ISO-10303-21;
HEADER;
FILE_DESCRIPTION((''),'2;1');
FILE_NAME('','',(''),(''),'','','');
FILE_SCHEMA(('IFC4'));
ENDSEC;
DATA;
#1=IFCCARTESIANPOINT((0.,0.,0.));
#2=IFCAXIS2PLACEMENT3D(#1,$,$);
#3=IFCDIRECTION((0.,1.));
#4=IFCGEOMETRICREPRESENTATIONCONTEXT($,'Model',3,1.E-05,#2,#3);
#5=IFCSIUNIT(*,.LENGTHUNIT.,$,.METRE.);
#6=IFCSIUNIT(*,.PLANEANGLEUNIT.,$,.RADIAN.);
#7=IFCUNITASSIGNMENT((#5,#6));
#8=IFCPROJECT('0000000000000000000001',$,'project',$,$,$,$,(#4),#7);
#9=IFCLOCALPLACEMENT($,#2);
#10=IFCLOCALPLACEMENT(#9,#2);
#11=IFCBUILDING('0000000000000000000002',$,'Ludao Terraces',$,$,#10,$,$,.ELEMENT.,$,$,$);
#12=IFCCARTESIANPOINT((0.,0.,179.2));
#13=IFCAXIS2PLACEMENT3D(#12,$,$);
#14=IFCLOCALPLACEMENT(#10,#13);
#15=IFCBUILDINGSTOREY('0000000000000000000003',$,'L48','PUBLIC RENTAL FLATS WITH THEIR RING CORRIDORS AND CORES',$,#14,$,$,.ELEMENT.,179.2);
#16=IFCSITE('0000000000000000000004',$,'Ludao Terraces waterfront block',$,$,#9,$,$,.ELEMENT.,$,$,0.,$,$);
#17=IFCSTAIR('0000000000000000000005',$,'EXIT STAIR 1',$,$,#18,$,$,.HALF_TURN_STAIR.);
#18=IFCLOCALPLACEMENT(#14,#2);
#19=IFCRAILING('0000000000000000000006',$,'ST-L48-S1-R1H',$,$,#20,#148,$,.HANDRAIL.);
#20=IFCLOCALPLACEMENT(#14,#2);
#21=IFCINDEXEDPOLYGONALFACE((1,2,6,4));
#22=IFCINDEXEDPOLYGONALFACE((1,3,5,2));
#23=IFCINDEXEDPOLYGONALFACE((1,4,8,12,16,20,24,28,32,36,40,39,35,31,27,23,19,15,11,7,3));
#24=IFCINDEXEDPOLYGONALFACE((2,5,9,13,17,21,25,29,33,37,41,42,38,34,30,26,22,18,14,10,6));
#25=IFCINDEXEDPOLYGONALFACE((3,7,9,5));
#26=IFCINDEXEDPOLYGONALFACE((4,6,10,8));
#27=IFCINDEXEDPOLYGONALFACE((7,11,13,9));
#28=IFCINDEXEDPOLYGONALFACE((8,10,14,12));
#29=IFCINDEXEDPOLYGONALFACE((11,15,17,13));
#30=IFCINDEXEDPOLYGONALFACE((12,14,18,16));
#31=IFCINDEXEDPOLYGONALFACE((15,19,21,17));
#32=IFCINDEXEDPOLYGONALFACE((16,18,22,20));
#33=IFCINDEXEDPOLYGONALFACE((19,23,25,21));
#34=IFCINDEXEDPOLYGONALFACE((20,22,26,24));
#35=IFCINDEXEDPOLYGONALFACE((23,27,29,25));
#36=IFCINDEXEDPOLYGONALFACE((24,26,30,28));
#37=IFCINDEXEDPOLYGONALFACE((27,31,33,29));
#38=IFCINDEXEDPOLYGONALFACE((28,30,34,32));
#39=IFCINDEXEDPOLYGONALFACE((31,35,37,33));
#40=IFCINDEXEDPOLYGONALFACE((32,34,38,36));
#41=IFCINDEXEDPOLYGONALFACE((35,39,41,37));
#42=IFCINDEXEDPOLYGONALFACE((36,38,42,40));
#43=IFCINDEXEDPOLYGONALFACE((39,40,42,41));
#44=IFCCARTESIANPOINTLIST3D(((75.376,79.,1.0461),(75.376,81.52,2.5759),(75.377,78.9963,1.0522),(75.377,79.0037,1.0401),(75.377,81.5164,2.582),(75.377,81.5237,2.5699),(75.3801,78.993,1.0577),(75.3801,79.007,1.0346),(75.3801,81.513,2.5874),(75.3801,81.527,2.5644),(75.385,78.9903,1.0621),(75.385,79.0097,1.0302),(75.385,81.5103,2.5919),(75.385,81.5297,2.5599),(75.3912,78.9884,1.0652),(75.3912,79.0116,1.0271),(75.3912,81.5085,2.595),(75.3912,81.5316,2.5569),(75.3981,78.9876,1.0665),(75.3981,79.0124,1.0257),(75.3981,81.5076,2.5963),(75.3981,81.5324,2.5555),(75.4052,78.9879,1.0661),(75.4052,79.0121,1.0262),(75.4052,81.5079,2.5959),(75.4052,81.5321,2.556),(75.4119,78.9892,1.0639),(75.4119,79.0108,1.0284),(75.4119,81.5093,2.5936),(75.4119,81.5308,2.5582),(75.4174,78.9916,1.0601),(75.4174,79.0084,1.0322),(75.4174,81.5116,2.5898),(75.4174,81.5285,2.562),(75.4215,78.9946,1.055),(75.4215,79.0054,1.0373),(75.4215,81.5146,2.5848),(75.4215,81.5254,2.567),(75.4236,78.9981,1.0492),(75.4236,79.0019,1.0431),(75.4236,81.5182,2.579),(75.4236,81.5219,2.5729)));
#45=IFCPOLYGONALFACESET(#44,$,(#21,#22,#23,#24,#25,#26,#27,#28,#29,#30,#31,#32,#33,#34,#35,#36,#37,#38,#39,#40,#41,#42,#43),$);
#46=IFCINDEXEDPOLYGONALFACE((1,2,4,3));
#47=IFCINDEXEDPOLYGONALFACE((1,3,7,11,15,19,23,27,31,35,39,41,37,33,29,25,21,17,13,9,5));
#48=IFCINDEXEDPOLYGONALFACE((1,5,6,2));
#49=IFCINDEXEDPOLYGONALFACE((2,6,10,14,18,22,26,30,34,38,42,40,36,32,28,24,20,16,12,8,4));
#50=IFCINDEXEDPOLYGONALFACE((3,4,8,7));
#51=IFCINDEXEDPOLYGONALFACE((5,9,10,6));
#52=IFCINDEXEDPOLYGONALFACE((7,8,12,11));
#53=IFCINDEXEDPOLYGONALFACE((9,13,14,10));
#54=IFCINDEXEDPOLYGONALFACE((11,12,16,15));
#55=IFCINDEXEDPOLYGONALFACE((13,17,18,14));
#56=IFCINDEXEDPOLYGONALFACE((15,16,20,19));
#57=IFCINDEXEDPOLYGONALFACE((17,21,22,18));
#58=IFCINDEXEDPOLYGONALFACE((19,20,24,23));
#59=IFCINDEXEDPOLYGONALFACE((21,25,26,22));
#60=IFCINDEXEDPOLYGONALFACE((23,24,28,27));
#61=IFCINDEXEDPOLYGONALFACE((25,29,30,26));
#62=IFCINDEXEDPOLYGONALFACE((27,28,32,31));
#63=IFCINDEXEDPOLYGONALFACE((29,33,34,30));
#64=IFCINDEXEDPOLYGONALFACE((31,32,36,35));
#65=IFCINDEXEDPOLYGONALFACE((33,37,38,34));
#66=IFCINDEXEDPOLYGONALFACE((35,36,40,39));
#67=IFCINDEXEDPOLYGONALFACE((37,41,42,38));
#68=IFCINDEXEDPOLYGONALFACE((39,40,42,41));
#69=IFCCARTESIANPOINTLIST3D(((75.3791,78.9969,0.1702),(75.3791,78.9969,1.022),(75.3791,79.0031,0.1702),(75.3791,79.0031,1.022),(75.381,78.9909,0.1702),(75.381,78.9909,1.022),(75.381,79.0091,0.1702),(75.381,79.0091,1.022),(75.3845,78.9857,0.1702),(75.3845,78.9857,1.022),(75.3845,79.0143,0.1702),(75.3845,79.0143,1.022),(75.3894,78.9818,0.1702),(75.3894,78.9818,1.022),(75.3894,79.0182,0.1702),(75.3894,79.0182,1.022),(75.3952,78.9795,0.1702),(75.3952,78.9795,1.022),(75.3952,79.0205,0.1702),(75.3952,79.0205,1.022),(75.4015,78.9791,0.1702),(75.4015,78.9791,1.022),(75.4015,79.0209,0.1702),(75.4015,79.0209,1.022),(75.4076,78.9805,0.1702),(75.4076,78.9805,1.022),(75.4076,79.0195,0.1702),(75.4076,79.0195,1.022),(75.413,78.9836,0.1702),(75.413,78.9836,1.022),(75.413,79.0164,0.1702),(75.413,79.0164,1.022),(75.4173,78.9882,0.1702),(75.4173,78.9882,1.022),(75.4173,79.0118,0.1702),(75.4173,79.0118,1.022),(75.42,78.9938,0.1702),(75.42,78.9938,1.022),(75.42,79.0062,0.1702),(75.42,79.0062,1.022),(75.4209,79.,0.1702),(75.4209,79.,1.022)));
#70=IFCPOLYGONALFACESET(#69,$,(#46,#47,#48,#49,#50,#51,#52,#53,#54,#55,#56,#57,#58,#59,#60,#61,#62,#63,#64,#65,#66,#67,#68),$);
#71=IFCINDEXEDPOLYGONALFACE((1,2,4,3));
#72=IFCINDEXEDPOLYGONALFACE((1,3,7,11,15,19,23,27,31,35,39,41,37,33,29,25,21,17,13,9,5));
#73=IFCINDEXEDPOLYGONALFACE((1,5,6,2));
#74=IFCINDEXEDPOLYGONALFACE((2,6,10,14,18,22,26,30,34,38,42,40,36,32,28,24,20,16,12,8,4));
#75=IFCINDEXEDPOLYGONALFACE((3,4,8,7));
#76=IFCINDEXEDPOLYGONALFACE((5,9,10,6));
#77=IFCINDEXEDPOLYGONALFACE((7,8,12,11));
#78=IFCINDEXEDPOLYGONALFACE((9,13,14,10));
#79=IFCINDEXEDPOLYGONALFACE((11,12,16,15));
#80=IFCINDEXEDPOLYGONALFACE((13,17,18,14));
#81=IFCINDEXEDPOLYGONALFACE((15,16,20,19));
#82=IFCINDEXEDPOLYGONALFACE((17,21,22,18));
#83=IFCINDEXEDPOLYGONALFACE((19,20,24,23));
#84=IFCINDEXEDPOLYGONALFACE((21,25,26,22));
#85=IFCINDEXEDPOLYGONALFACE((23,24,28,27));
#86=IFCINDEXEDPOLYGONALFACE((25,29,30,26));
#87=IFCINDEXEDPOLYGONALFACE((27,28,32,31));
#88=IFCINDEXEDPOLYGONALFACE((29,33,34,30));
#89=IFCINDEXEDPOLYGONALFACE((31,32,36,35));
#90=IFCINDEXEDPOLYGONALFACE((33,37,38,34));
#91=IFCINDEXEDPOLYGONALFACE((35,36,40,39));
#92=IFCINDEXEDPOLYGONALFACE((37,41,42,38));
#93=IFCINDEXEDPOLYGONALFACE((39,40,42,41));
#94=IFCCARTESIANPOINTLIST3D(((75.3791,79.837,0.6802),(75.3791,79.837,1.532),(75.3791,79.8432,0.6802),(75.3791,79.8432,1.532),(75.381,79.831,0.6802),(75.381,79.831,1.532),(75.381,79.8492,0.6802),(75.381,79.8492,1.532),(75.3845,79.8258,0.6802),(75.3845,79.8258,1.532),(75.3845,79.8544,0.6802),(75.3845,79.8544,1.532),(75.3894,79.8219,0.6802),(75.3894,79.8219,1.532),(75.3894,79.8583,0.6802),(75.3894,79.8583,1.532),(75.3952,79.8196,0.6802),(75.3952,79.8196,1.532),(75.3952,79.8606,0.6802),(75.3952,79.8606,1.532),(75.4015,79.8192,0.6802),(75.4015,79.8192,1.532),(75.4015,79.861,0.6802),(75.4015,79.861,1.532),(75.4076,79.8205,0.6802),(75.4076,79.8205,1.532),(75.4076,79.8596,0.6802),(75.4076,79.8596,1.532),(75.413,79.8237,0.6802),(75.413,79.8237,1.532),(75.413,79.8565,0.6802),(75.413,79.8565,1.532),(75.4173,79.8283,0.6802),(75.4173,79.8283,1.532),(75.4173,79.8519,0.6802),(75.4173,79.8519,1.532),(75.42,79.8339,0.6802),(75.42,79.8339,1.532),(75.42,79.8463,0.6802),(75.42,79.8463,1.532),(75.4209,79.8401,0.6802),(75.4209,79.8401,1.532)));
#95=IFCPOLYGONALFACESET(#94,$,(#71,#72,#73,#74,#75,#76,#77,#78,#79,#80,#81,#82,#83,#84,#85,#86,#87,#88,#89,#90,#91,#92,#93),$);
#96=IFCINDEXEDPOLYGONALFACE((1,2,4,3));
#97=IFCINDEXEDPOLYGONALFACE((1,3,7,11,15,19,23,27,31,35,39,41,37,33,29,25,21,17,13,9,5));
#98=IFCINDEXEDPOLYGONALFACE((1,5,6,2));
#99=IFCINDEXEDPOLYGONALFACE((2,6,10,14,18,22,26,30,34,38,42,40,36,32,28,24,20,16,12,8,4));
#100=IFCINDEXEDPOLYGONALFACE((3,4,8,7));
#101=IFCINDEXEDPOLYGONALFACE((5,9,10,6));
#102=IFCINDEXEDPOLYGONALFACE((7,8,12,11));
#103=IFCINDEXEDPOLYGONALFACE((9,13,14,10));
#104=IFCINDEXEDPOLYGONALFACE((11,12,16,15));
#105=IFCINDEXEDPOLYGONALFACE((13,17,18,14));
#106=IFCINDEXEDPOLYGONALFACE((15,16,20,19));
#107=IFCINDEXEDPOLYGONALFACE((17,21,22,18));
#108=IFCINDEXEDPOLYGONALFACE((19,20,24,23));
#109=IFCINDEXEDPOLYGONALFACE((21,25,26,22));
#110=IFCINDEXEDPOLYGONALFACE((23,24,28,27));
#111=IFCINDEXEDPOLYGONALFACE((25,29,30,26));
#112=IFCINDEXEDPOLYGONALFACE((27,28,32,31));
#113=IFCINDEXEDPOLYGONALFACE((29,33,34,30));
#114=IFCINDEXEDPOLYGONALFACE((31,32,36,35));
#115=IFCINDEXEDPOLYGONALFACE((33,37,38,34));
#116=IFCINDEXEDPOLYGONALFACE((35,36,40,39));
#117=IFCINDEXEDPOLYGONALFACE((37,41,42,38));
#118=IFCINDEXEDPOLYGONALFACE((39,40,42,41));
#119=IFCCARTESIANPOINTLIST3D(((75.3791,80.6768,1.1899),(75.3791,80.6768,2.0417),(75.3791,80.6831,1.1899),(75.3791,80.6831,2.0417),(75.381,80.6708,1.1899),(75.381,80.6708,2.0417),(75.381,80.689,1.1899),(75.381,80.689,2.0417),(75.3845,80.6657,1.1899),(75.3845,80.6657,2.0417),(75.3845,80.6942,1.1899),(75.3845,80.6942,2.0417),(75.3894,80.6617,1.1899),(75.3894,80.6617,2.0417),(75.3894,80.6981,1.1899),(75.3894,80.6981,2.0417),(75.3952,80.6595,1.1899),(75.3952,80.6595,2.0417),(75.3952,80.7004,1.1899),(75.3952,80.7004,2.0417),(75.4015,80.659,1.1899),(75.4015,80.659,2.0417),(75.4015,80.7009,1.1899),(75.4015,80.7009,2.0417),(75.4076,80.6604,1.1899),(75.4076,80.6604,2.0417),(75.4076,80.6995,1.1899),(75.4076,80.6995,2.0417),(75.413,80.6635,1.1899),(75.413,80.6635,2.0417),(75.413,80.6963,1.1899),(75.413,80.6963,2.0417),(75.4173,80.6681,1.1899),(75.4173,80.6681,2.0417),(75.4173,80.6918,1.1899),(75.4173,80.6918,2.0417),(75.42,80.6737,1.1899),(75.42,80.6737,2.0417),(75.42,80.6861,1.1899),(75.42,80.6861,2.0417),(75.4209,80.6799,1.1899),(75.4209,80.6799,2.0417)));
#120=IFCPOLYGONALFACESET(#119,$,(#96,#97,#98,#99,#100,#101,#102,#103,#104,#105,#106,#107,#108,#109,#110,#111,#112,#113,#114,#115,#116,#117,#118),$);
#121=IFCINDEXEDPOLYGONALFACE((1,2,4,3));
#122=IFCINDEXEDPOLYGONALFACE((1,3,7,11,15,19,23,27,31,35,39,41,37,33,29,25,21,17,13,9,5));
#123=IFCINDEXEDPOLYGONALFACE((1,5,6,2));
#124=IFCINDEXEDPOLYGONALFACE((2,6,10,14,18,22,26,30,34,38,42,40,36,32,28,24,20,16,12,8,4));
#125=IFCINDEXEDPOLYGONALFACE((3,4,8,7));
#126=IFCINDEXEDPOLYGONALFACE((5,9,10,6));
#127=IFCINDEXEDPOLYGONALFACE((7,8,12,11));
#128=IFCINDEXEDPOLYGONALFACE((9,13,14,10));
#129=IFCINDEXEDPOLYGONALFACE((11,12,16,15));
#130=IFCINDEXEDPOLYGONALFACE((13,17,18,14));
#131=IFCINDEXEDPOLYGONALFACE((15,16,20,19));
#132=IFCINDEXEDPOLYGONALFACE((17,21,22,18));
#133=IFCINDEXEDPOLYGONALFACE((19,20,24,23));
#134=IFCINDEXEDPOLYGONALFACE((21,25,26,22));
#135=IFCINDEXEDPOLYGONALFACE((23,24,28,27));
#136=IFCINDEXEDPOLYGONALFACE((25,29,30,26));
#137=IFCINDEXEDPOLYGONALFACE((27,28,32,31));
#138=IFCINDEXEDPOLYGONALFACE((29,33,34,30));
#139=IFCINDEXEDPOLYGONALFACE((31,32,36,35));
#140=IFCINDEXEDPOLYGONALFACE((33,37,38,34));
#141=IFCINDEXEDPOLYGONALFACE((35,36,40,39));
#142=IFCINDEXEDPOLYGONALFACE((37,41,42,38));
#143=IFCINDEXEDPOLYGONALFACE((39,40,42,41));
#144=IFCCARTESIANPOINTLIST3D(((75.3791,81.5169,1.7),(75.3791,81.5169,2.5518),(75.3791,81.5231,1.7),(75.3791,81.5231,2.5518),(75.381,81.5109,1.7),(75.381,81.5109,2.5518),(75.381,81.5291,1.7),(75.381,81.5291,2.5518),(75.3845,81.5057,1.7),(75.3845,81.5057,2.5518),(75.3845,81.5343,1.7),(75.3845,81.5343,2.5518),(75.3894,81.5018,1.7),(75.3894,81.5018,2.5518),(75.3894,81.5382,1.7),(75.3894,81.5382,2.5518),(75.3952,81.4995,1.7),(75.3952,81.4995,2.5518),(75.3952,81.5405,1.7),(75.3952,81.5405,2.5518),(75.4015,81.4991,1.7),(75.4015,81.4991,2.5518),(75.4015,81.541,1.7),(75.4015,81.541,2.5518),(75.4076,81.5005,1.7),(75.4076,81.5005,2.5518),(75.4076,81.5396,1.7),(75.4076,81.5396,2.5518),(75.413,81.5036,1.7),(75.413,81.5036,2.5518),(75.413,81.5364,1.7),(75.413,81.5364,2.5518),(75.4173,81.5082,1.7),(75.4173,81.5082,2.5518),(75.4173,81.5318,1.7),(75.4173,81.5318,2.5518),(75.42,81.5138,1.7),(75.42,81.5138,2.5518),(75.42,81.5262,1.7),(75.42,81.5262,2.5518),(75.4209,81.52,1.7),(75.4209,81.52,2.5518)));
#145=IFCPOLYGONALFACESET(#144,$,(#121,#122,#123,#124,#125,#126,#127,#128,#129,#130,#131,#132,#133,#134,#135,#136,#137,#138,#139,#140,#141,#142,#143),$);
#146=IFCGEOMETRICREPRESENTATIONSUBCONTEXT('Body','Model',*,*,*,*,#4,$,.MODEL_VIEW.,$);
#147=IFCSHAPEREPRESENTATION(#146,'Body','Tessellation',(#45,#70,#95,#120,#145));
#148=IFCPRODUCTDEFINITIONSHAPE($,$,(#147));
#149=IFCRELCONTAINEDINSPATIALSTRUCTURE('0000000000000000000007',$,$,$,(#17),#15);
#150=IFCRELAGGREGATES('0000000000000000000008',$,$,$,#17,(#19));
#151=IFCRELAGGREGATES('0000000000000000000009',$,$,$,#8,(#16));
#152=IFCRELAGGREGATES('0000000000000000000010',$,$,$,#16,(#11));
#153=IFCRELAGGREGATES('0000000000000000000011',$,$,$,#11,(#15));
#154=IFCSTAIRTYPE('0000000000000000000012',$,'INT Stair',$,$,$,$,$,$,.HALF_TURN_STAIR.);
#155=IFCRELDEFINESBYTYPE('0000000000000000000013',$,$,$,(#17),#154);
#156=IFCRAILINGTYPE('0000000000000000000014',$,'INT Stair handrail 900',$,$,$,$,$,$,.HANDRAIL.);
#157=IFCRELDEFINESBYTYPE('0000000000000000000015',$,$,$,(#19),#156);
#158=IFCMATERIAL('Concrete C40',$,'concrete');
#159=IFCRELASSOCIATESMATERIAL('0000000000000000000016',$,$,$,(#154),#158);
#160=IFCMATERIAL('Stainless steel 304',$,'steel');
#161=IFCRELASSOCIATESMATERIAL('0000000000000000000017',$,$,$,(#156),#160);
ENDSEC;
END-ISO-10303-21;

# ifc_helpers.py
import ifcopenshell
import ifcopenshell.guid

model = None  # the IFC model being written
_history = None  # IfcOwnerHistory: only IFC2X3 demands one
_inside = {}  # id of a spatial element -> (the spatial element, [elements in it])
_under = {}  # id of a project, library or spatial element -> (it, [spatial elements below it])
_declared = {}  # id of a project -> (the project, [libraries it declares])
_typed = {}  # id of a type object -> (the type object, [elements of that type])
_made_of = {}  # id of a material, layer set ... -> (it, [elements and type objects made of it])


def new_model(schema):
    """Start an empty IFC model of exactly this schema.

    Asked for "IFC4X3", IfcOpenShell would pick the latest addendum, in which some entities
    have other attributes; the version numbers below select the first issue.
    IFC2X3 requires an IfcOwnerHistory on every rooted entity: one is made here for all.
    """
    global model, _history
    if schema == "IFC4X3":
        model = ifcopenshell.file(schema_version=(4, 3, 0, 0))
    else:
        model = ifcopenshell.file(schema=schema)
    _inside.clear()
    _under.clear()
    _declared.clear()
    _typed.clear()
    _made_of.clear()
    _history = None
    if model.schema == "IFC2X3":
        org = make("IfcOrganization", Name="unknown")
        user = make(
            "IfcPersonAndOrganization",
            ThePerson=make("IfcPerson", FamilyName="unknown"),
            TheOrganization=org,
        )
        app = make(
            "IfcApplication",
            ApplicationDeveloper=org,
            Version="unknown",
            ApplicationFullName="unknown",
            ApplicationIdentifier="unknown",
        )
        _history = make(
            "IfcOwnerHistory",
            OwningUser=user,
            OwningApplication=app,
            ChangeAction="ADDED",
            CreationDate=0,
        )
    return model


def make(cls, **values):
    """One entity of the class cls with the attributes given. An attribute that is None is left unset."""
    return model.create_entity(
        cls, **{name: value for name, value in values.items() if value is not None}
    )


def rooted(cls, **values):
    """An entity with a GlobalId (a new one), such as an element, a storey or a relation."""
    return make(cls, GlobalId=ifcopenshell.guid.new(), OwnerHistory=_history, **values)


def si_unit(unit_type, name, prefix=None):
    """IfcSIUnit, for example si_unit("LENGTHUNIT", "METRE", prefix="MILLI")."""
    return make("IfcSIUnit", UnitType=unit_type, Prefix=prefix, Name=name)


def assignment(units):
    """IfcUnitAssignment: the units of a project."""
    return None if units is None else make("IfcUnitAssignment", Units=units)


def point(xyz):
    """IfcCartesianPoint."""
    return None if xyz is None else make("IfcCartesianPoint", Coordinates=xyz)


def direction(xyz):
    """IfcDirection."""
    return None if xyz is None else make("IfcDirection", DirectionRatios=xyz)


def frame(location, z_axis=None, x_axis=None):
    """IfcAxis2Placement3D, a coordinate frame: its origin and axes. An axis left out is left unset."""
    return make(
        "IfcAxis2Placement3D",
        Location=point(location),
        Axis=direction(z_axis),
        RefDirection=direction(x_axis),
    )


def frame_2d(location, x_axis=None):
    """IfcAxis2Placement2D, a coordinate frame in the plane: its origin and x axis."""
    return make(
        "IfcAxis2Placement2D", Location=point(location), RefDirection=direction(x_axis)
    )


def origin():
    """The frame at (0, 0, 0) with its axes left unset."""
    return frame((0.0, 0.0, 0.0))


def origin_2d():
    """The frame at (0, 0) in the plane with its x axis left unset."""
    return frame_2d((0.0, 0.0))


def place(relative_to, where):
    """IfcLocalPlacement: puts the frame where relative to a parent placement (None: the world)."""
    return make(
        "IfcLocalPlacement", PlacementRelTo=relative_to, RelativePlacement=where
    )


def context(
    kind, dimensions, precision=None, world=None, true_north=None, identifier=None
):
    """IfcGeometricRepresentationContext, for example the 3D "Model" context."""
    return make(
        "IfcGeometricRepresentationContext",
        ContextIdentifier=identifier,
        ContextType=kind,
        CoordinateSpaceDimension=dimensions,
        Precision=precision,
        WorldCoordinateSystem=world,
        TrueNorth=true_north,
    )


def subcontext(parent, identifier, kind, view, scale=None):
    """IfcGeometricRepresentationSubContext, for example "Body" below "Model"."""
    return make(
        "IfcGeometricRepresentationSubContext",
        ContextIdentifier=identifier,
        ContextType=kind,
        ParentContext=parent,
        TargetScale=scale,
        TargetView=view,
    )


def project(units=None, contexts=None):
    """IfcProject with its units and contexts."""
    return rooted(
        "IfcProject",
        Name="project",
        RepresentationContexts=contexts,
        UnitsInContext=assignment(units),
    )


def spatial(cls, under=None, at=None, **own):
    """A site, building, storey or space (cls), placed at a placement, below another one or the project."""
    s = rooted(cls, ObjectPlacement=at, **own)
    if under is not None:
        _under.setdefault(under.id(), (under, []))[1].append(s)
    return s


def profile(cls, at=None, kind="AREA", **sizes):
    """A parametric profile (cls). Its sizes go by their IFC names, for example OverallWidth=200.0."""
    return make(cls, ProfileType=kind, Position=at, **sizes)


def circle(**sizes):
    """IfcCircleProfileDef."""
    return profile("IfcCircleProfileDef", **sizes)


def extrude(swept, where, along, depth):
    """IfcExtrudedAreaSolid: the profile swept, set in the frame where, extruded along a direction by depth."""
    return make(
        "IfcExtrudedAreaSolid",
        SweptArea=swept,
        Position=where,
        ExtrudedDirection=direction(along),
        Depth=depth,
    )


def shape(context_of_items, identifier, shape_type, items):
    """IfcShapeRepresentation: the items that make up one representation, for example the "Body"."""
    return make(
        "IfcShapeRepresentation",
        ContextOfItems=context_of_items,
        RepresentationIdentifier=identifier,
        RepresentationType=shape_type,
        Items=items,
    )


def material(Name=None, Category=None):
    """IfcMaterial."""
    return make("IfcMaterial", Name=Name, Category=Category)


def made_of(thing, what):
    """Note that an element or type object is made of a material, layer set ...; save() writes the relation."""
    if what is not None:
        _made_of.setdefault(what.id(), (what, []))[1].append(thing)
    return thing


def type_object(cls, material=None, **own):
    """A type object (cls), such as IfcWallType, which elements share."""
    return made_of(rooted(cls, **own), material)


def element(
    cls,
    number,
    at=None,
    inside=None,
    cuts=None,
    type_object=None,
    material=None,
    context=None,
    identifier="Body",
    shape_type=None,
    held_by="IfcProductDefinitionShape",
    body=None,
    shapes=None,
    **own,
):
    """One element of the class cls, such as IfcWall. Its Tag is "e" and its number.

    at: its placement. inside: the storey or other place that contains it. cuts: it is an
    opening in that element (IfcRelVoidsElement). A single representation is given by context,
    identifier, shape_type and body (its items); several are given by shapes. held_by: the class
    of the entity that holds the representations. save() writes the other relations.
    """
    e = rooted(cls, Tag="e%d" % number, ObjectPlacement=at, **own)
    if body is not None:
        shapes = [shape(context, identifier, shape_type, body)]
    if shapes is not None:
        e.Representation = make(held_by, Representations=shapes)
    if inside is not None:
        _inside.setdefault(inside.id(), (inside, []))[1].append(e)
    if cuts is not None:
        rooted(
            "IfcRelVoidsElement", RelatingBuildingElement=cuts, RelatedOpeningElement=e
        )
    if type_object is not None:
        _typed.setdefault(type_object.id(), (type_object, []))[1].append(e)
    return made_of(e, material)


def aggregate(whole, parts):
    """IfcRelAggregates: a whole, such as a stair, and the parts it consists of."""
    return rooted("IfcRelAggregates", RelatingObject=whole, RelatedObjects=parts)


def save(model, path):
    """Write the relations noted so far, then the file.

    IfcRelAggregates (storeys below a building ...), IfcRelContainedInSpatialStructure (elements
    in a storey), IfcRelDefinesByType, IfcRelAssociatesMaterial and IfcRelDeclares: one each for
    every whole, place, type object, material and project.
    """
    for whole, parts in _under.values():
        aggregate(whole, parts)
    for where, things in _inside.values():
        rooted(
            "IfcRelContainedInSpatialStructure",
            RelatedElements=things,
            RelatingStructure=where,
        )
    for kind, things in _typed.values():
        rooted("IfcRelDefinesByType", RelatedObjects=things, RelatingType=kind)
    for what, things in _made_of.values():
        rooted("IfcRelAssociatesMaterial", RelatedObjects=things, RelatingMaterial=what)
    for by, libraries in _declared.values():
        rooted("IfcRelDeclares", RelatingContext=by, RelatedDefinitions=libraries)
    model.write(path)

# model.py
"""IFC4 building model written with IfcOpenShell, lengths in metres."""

from ifc_helpers import new_model, si_unit, direction, frame, origin, origin_2d, place, context, subcontext, project, spatial, circle, extrude, material, type_object, element, aggregate, save


model = new_model("IFC4")

# Units and contexts
model_context = context("Model", 3, precision=1e-05, world=origin(), true_north=direction((0.0, 1.0)))
body_context = subcontext(model_context, "Body", "Model", "MODEL_VIEW")
ifc_project = project(units=[si_unit("LENGTHUNIT", "METRE"), si_unit("PLANEANGLEUNIT", "RADIAN")], contexts=[model_context])

# Site, building, storey
site_placement = place(None, origin())
site = spatial("IfcSite", under=ifc_project, at=site_placement, Name="Ludao Terraces waterfront block", CompositionType="ELEMENT", RefElevation=0.0)
building_placement = place(site_placement, origin())
building = spatial("IfcBuilding", under=site, at=building_placement, Name="Ludao Terraces", CompositionType="ELEMENT")
storey_placement = place(building_placement, frame((0.0, 0.0, 179.2)))
storey = spatial("IfcBuildingStorey", under=building, at=storey_placement, Name="L48", Description="PUBLIC RENTAL FLATS WITH THEIR RING CORRIDORS AND CORES", CompositionType="ELEMENT", Elevation=179.2)

# Shared definitions
ifc_material_1 = material(Name="Concrete C40", Category="concrete")

# Stair, railing
stair_type = type_object("IfcStairType", Name="INT Stair", PredefinedType="HALF_TURN_STAIR", material=ifc_material_1)
stair_placement = place(storey_placement, origin())
stair = element("IfcStair", 1, at=stair_placement, inside=storey, type_object=stair_type, Name="EXIT STAIR 1", PredefinedType="HALF_TURN_STAIR")
ifc_material_2 = material(Name="Stainless steel 304", Category="steel")
railing_type = type_object("IfcRailingType", Name="INT Stair handrail 900", PredefinedType="HANDRAIL", material=ifc_material_2)
railing_placement = place(storey_placement, frame((75.3999, 79.0, 0.1702)))
railing = element("IfcRailing", 2, at=railing_placement, type_object=railing_type, Name="ST-L48-S1-R1H", PredefinedType="HANDRAIL", context=body_context, shape_type="SweptSolid", body=[
    extrude(circle(Radius=0.0239, at=origin_2d()), frame((0.0, 0.0, 0.876), z_axis=(0.0, 0.854822, 0.518922), x_axis=(-1.0, 0.0, 0.0)), (0.0, 0.0, 1.0), 2.948),
    extrude(circle(Radius=0.021, at=origin_2d()), origin(), (0.0, 0.0, 1.0), 0.8518),
    extrude(circle(Radius=0.021, at=origin_2d()), frame((0.0, 0.8401, 0.51)), (0.0, 0.0, 1.0), 0.8518),
    extrude(circle(Radius=0.021, at=origin_2d()), frame((0.0, 1.6799, 1.0198)), (0.0, 0.0, 1.0), 0.8518),
    extrude(circle(Radius=0.021, at=origin_2d()), frame((0.0, 2.52, 1.5298)), (0.0, 0.0, 1.0), 0.8518),
])
aggregate(stair, [railing])

save(model, "model.ifc")
